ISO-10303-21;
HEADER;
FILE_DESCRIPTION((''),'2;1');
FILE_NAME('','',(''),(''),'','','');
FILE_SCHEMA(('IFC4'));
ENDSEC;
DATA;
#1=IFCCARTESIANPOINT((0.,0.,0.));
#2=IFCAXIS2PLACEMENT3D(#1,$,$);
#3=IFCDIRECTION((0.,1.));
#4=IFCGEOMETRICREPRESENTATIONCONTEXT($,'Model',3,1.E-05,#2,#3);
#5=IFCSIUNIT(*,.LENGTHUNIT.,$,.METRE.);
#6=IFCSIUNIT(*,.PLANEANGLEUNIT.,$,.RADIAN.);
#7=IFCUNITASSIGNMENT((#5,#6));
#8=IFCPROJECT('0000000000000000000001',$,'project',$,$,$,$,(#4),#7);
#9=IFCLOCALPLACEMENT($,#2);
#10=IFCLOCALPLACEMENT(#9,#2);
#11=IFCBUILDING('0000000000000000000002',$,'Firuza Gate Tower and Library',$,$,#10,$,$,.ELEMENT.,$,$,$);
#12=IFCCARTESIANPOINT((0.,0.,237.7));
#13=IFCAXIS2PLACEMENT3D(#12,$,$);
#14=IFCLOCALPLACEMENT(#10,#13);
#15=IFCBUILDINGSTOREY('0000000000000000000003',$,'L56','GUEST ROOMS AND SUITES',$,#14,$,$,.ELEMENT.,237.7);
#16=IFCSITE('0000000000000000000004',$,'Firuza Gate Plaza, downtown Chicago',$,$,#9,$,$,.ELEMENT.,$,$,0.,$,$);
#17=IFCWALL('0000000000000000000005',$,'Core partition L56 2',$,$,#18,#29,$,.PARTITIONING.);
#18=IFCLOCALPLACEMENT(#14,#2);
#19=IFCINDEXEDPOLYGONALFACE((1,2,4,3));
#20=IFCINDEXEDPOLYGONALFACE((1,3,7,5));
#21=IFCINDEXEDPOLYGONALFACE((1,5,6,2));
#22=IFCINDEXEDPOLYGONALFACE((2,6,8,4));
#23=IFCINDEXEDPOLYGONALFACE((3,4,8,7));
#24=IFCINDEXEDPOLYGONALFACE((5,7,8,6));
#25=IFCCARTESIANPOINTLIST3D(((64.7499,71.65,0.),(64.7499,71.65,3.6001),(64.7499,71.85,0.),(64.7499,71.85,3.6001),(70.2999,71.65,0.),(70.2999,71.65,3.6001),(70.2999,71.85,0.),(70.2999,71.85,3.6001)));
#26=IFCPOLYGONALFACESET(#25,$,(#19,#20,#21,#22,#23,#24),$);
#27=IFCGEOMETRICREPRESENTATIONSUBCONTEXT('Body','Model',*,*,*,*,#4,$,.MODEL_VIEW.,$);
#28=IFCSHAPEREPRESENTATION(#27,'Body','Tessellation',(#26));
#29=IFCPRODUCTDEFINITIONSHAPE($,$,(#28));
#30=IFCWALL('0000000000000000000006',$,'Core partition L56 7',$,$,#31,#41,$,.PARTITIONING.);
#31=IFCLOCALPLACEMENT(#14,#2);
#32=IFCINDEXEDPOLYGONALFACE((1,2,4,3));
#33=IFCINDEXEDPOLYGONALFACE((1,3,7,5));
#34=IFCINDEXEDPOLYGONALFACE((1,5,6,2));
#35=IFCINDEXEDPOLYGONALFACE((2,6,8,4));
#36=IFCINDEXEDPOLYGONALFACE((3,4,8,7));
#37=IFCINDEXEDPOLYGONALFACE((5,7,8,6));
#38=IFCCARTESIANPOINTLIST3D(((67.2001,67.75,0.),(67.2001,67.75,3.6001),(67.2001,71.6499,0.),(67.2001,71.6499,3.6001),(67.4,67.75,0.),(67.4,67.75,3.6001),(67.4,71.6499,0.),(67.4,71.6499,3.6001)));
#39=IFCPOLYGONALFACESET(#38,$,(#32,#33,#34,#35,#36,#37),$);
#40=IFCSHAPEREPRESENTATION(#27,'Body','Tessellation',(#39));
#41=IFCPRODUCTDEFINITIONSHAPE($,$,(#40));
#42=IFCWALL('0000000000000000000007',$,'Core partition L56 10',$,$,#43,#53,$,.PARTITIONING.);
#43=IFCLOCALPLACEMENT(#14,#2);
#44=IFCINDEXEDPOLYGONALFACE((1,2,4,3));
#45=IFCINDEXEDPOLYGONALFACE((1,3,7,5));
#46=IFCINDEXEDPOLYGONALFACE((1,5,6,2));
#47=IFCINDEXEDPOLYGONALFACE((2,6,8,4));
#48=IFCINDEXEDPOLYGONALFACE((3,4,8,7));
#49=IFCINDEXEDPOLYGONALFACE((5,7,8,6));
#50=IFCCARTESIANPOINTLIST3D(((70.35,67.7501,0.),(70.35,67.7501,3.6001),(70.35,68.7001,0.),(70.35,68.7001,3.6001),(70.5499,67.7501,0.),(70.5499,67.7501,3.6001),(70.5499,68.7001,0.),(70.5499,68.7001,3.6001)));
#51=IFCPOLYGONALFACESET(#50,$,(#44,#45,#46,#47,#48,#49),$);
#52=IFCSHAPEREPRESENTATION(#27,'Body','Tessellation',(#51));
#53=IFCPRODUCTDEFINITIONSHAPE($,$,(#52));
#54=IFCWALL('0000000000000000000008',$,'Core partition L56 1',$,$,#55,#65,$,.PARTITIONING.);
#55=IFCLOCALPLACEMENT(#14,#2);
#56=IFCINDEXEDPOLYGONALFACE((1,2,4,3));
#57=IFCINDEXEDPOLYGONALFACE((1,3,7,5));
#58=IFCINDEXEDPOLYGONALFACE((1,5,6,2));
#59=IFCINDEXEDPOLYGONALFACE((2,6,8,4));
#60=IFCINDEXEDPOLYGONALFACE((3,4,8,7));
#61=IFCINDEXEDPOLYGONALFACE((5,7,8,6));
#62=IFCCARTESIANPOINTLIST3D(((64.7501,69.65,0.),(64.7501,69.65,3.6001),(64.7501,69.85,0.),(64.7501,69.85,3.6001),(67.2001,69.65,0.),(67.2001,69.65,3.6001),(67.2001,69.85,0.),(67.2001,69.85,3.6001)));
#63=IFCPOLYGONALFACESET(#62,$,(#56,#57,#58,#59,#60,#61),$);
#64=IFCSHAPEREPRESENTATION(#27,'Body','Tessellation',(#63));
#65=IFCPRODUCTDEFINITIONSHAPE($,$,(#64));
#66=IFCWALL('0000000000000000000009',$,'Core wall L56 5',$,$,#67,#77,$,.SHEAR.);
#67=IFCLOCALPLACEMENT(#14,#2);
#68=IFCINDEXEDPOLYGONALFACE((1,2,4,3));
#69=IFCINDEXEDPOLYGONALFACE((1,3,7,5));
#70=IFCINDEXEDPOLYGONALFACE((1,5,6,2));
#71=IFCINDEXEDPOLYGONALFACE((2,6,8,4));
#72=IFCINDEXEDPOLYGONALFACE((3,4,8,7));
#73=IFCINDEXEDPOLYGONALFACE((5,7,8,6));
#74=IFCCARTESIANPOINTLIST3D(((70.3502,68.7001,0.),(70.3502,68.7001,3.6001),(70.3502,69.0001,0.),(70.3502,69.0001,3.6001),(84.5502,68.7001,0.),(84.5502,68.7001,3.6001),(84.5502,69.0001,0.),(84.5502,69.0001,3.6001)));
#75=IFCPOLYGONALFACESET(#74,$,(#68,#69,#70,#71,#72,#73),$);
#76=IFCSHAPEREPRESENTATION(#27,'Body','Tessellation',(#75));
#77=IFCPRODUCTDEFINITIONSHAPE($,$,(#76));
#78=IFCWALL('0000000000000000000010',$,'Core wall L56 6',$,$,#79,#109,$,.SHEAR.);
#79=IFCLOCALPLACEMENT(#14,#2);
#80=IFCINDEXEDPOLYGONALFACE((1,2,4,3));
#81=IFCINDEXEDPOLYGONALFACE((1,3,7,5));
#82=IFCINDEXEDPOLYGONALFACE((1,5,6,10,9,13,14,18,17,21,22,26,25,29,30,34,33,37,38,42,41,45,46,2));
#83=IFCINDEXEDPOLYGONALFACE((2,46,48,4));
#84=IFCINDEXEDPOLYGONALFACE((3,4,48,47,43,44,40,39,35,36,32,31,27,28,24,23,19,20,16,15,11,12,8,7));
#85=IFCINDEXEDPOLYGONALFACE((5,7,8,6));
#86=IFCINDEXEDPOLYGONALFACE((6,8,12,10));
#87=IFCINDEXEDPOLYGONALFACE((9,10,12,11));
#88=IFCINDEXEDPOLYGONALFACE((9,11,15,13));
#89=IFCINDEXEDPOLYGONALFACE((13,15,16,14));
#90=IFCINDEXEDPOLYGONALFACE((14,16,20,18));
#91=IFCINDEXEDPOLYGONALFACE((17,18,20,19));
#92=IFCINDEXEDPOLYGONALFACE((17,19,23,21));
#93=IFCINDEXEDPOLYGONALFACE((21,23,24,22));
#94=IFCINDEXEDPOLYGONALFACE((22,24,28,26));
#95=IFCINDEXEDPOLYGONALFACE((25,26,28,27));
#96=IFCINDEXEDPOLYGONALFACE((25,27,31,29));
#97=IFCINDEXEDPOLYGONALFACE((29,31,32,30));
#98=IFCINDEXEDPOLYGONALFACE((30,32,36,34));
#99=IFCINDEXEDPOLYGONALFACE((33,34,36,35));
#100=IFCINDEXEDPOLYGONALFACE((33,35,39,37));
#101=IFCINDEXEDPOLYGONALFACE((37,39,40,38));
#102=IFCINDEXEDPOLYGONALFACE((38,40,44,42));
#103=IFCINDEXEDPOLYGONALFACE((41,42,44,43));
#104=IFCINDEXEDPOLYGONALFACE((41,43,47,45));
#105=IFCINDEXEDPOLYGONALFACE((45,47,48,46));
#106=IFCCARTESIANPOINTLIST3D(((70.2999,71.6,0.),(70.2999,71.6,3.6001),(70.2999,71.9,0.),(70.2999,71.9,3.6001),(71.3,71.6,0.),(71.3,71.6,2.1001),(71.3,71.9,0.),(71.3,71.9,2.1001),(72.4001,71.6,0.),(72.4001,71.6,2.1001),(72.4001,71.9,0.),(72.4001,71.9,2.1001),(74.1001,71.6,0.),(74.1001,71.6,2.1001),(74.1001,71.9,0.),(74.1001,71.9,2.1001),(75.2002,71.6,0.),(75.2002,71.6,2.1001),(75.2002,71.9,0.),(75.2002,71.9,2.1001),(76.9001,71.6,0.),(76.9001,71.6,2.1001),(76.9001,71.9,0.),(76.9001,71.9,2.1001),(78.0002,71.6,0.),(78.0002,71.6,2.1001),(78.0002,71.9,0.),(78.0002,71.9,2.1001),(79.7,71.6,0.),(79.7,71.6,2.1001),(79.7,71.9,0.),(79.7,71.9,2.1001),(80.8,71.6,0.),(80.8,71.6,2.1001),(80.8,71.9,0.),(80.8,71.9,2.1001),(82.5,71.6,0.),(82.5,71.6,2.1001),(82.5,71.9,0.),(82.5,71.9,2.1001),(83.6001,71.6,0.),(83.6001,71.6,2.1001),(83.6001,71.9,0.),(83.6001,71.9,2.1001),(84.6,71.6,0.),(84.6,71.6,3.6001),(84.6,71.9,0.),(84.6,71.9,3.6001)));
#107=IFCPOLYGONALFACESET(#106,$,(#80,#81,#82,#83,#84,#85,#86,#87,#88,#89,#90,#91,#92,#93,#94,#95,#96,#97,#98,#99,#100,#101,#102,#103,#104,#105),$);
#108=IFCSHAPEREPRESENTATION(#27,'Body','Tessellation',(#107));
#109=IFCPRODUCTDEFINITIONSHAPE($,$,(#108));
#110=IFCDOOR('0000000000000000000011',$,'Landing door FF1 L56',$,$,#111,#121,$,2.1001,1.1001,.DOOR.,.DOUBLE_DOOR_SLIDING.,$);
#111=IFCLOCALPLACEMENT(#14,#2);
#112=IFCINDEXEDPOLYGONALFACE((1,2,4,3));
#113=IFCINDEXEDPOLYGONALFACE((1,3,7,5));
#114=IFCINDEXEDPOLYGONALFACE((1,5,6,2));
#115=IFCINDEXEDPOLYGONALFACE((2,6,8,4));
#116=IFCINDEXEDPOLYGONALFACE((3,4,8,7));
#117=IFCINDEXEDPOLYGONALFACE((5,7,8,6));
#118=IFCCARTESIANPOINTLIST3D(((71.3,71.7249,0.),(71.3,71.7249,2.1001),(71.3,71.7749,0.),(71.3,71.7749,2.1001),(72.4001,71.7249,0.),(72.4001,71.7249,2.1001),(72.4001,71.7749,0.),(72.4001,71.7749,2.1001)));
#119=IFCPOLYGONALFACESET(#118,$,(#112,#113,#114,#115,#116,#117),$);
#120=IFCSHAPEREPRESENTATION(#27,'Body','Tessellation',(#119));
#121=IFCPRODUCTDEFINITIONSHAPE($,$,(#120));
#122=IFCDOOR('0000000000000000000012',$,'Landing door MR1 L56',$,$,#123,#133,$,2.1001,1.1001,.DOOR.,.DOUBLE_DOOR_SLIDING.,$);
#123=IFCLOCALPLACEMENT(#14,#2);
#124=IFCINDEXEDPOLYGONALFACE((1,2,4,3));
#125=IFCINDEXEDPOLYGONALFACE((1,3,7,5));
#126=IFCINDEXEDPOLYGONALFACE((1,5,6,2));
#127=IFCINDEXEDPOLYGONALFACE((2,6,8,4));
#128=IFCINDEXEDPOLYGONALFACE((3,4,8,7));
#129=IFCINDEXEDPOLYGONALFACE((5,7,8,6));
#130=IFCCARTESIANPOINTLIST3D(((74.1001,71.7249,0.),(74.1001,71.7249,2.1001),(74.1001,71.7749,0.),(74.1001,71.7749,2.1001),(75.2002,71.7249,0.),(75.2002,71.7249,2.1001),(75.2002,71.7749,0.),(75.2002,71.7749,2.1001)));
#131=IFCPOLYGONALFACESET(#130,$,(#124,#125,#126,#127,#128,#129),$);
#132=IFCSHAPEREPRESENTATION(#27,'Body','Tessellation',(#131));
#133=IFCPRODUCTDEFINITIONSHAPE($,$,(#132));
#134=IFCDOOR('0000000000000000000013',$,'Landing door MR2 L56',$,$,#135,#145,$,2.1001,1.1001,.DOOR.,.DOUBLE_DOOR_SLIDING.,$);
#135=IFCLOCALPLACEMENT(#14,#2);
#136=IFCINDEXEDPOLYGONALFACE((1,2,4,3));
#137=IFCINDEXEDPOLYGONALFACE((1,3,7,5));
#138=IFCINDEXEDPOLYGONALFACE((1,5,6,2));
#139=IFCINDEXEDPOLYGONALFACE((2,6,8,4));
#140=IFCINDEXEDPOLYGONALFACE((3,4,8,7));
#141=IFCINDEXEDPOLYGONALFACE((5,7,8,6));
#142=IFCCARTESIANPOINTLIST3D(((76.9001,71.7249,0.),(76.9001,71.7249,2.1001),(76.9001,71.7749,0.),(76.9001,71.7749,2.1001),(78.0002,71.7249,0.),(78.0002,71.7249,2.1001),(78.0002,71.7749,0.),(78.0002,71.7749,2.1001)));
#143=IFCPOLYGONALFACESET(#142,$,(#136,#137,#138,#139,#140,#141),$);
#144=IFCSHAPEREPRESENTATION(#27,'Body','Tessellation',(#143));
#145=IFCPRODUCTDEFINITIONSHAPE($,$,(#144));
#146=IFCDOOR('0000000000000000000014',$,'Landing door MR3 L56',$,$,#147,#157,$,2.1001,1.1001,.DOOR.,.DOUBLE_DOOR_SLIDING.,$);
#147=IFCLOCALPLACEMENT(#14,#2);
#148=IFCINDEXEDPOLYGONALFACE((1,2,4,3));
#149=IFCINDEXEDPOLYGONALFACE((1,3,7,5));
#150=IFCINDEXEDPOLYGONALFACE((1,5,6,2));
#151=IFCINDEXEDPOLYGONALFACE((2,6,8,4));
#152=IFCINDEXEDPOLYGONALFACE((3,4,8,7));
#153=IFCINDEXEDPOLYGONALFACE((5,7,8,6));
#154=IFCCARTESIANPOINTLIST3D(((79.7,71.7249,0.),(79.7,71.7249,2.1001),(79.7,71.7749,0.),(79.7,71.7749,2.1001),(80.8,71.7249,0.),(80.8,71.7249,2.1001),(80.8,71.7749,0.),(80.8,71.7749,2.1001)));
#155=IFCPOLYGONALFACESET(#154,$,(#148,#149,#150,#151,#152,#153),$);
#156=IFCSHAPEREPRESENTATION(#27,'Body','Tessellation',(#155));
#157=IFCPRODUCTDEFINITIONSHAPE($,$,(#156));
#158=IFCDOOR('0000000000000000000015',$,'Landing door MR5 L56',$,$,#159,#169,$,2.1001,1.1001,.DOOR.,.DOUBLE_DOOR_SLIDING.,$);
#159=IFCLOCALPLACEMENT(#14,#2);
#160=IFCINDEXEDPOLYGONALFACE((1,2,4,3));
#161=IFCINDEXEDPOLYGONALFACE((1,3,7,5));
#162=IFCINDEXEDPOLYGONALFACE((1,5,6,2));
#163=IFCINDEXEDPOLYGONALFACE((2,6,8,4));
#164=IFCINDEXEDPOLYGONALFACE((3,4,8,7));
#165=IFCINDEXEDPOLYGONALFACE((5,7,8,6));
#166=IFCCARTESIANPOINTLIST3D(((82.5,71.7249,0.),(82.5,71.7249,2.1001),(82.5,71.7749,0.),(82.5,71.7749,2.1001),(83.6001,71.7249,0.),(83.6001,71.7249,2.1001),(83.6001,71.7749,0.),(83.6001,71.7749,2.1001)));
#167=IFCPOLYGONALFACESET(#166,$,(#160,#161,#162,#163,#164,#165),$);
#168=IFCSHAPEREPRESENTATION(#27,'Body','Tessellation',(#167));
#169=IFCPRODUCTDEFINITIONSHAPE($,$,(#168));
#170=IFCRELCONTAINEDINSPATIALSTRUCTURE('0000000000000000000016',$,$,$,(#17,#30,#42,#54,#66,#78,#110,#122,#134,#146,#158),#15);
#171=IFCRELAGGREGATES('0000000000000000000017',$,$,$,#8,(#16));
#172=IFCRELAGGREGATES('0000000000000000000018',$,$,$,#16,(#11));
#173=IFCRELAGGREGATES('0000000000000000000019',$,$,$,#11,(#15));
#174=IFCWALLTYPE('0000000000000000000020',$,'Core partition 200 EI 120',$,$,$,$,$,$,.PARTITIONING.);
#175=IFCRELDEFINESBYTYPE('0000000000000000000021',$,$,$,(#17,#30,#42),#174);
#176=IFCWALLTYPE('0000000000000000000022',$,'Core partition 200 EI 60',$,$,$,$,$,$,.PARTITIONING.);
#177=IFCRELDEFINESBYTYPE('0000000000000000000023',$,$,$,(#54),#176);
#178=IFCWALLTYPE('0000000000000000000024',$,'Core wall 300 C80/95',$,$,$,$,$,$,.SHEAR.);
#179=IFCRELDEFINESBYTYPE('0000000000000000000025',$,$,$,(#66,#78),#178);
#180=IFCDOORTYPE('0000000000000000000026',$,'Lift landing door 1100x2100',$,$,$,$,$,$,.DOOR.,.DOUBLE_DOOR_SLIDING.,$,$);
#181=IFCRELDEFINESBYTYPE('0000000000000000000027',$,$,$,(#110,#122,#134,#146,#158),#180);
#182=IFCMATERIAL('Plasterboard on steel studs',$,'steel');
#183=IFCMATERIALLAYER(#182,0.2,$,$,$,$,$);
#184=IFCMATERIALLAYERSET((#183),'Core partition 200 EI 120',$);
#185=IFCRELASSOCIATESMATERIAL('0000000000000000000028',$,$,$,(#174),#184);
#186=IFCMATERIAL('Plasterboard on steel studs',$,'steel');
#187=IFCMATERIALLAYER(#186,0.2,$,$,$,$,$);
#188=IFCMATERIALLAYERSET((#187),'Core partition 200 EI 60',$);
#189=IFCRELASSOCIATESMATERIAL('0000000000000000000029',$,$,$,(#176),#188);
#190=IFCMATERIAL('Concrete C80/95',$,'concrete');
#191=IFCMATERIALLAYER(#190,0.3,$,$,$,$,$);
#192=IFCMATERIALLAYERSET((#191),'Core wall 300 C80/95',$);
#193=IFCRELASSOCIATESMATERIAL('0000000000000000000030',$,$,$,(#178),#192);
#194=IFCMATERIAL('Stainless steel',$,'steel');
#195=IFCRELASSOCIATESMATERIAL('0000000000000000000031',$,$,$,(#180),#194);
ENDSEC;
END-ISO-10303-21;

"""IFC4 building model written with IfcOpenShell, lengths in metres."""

from ifc_helpers import new_model, si_unit, direction, frame, frame_2d, origin, place, context, subcontext, project, spatial, rectangle, extrude, material, layer, layer_set, type_object, element, fill, save


model = new_model("IFC4")

# Units and contexts
model_context = context("Model", 3, precision=1e-05, world=origin(), true_north=direction((0.0, 1.0)))
body_context = subcontext(model_context, "Body", "Model", "MODEL_VIEW")
ifc_project = project(units=[si_unit("LENGTHUNIT", "METRE"), si_unit("PLANEANGLEUNIT", "RADIAN")], contexts=[model_context])

# Site, building, storey
site_placement = place(None, origin())
site = spatial("IfcSite", under=ifc_project, at=site_placement, Name="Firuza Gate Plaza, downtown Chicago", CompositionType="ELEMENT", RefElevation=0.0)
building_placement = place(site_placement, origin())
building = spatial("IfcBuilding", under=site, at=building_placement, Name="Firuza Gate Tower and Library", CompositionType="ELEMENT")
storey_placement = place(building_placement, frame((0.0, 0.0, 237.7)))
storey = spatial("IfcBuildingStorey", under=building, at=storey_placement, Name="L56", Description="GUEST ROOMS AND SUITES", CompositionType="ELEMENT", Elevation=237.7)

# Walls
ifc_material_1 = material(Name="Plasterboard on steel studs", Category="steel")
ifc_layer_1 = layer(ifc_material_1, 0.2)
ifc_layer_set_1 = layer_set([ifc_layer_1], Name="Core partition 200 EI 120")
wall_type_1 = type_object("IfcWallType", Name="Core partition 200 EI 120", PredefinedType="PARTITIONING", material=ifc_layer_set_1)
wall_1_placement = place(storey_placement, frame((64.75, 71.75, 0.0), z_axis=(0.0, 0.0, 1.0), x_axis=(1.0, 0.0, 0.0)))
element("IfcWall", 1, at=wall_1_placement, inside=storey, type_object=wall_type_1, Name="Core partition L56 2", PredefinedType="PARTITIONING", context=body_context, shape_type="SweptSolid", body=[
    extrude(rectangle(XDim=5.55, YDim=0.2, at=frame_2d((2.7749, 0.0))), origin(), (0.0, 0.0, 1.0), 3.6001),
])
wall_2_placement = place(storey_placement, frame((67.3, 67.75, 0.0), z_axis=(0.0, 0.0, 1.0), x_axis=(0.0, 1.0, 0.0)))
element("IfcWall", 2, at=wall_2_placement, inside=storey, type_object=wall_type_1, Name="Core partition L56 7", PredefinedType="PARTITIONING", context=body_context, shape_type="SweptSolid", body=[
    extrude(rectangle(XDim=3.8999, YDim=0.2, at=frame_2d((1.95, 0.0))), origin(), (0.0, 0.0, 1.0), 3.6001),
])
wall_3_placement = place(storey_placement, frame((70.45, 67.75, 0.0), z_axis=(0.0, 0.0, 1.0), x_axis=(0.0, 1.0, 0.0)))
element("IfcWall", 3, at=wall_3_placement, inside=storey, type_object=wall_type_1, Name="Core partition L56 10", PredefinedType="PARTITIONING", context=body_context, shape_type="SweptSolid", body=[
    extrude(rectangle(XDim=0.95, YDim=0.2, at=frame_2d((0.4751, 0.0))), origin(), (0.0, 0.0, 1.0), 3.6001),
])
ifc_material_2 = material(Name="Plasterboard on steel studs", Category="steel")
ifc_layer_2 = layer(ifc_material_2, 0.2)
ifc_layer_set_2 = layer_set([ifc_layer_2], Name="Core partition 200 EI 60")
wall_type_2 = type_object("IfcWallType", Name="Core partition 200 EI 60", PredefinedType="PARTITIONING", material=ifc_layer_set_2)
wall_4_placement = place(storey_placement, frame((64.75, 69.75, 0.0), z_axis=(0.0, 0.0, 1.0), x_axis=(1.0, 0.0, 0.0)))
element("IfcWall", 4, at=wall_4_placement, inside=storey, type_object=wall_type_2, Name="Core partition L56 1", PredefinedType="PARTITIONING", context=body_context, shape_type="SweptSolid", body=[
    extrude(rectangle(XDim=2.45, YDim=0.2, at=frame_2d((1.2251, 0.0))), origin(), (0.0, 0.0, 1.0), 3.6001),
])
ifc_material_3 = material(Name="Concrete C80/95", Category="concrete")
ifc_layer_3 = layer(ifc_material_3, 0.3)
ifc_layer_set_3 = layer_set([ifc_layer_3], Name="Core wall 300 C80/95")
wall_type_3 = type_object("IfcWallType", Name="Core wall 300 C80/95", PredefinedType="SHEAR", material=ifc_layer_set_3)
wall_5_placement = place(storey_placement, frame((70.3501, 68.8501, 0.0), z_axis=(0.0, 0.0, 1.0), x_axis=(1.0, 0.0, 0.0)))
element("IfcWall", 5, at=wall_5_placement, inside=storey, type_object=wall_type_3, Name="Core wall L56 5", PredefinedType="SHEAR", context=body_context, shape_type="SweptSolid", body=[
    extrude(rectangle(XDim=14.2, YDim=0.3, at=frame_2d((7.1001, 0.0))), origin(), (0.0, 0.0, 1.0), 3.6001),
])

# Wall, openings, doors
wall_6_placement = place(storey_placement, frame((70.3, 71.75, 0.0), z_axis=(0.0, 0.0, 1.0), x_axis=(1.0, 0.0, 0.0)))
wall_6 = element("IfcWall", 6, at=wall_6_placement, inside=storey, type_object=wall_type_3, Name="Core wall L56 6", PredefinedType="SHEAR", context=body_context, shape_type="SweptSolid", body=[
    extrude(rectangle(XDim=14.3, YDim=0.3, at=frame_2d((7.1499, 0.0))), origin(), (0.0, 0.0, 1.0), 3.6001),
])
opening_1_placement = place(wall_6_placement, frame((1.0, 0.0, 0.0)))
opening_1 = element("IfcOpeningElement", 7, at=opening_1_placement, cuts=wall_6, PredefinedType="OPENING", context=body_context, shape_type="SweptSolid", body=[
    extrude(rectangle(XDim=1.1001, YDim=2.1001, at=frame_2d((0.55, 1.05))), frame((0.0, 0.1602, 0.0), z_axis=(0.0, -1.0, 0.0), x_axis=(1.0, 0.0, 0.0)), (0.0, 0.0, 1.0), 0.3201),
])
opening_2_placement = place(wall_6_placement, frame((3.8, 0.0, 0.0)))
opening_2 = element("IfcOpeningElement", 8, at=opening_2_placement, cuts=wall_6, PredefinedType="OPENING", context=body_context, shape_type="SweptSolid", body=[
    extrude(rectangle(XDim=1.1001, YDim=2.1001, at=frame_2d((0.55, 1.05))), frame((0.0, 0.1602, 0.0), z_axis=(0.0, -1.0, 0.0), x_axis=(1.0, 0.0, 0.0)), (0.0, 0.0, 1.0), 0.3201),
])
opening_3_placement = place(wall_6_placement, frame((6.6001, 0.0, 0.0)))
opening_3 = element("IfcOpeningElement", 9, at=opening_3_placement, cuts=wall_6, PredefinedType="OPENING", context=body_context, shape_type="SweptSolid", body=[
    extrude(rectangle(XDim=1.1001, YDim=2.1001, at=frame_2d((0.55, 1.05))), frame((0.0, 0.1602, 0.0), z_axis=(0.0, -1.0, 0.0), x_axis=(1.0, 0.0, 0.0)), (0.0, 0.0, 1.0), 0.3201),
])
opening_4_placement = place(wall_6_placement, frame((9.3999, 0.0, 0.0)))
opening_4 = element("IfcOpeningElement", 10, at=opening_4_placement, cuts=wall_6, PredefinedType="OPENING", context=body_context, shape_type="SweptSolid", body=[
    extrude(rectangle(XDim=1.1001, YDim=2.1001, at=frame_2d((0.55, 1.05))), frame((0.0, 0.1602, 0.0), z_axis=(0.0, -1.0, 0.0), x_axis=(1.0, 0.0, 0.0)), (0.0, 0.0, 1.0), 0.3201),
])
opening_5_placement = place(wall_6_placement, frame((12.2, 0.0, 0.0)))
opening_5 = element("IfcOpeningElement", 11, at=opening_5_placement, cuts=wall_6, PredefinedType="OPENING", context=body_context, shape_type="SweptSolid", body=[
    extrude(rectangle(XDim=1.1001, YDim=2.1001, at=frame_2d((0.55, 1.05))), frame((0.0, 0.1602, 0.0), z_axis=(0.0, -1.0, 0.0), x_axis=(1.0, 0.0, 0.0)), (0.0, 0.0, 1.0), 0.3201),
])
ifc_material_4 = material(Name="Stainless steel", Category="steel")
door_type_1 = type_object("IfcDoorType", Name="Lift landing door 1100x2100", OperationType="DOUBLE_DOOR_SLIDING", PredefinedType="DOOR", material=ifc_material_4)
door_1_placement = place(opening_1_placement, origin())
door_1 = element("IfcDoor", 12, at=door_1_placement, inside=storey, type_object=door_type_1, Name="Landing door FF1 L56", OperationType="DOUBLE_DOOR_SLIDING", OverallHeight=2.1001, OverallWidth=1.1001, PredefinedType="DOOR", context=body_context, shape_type="SweptSolid", body=[
    extrude(rectangle(XDim=1.1001, YDim=2.1001, at=frame_2d((0.55, 1.05))), frame((0.0, 0.0249, 0.0), z_axis=(0.0, -1.0, 0.0), x_axis=(1.0, 0.0, 0.0)), (0.0, 0.0, 1.0), 0.05),
])
fill(opening_1, door_1)
door_2_placement = place(opening_2_placement, origin())
door_2 = element("IfcDoor", 13, at=door_2_placement, inside=storey, type_object=door_type_1, Name="Landing door MR1 L56", OperationType="DOUBLE_DOOR_SLIDING", OverallHeight=2.1001, OverallWidth=1.1001, PredefinedType="DOOR", context=body_context, shape_type="SweptSolid", body=[
    extrude(rectangle(XDim=1.1001, YDim=2.1001, at=frame_2d((0.55, 1.05))), frame((0.0, 0.0249, 0.0), z_axis=(0.0, -1.0, 0.0), x_axis=(1.0, 0.0, 0.0)), (0.0, 0.0, 1.0), 0.05),
])
fill(opening_2, door_2)
door_3_placement = place(opening_3_placement, origin())
door_3 = element("IfcDoor", 14, at=door_3_placement, inside=storey, type_object=door_type_1, Name="Landing door MR2 L56", OperationType="DOUBLE_DOOR_SLIDING", OverallHeight=2.1001, OverallWidth=1.1001, PredefinedType="DOOR", context=body_context, shape_type="SweptSolid", body=[
    extrude(rectangle(XDim=1.1001, YDim=2.1001, at=frame_2d((0.55, 1.05))), frame((0.0, 0.0249, 0.0), z_axis=(0.0, -1.0, 0.0), x_axis=(1.0, 0.0, 0.0)), (0.0, 0.0, 1.0), 0.05),
])
fill(opening_3, door_3)
door_4_placement = place(opening_4_placement, origin())
door_4 = element("IfcDoor", 15, at=door_4_placement, inside=storey, type_object=door_type_1, Name="Landing door MR3 L56", OperationType="DOUBLE_DOOR_SLIDING", OverallHeight=2.1001, OverallWidth=1.1001, PredefinedType="DOOR", context=body_context, shape_type="SweptSolid", body=[
    extrude(rectangle(XDim=1.1001, YDim=2.1001, at=frame_2d((0.55, 1.05))), frame((0.0, 0.0249, 0.0), z_axis=(0.0, -1.0, 0.0), x_axis=(1.0, 0.0, 0.0)), (0.0, 0.0, 1.0), 0.05),
])
fill(opening_4, door_4)
door_5_placement = place(opening_5_placement, origin())
door_5 = element("IfcDoor", 16, at=door_5_placement, inside=storey, type_object=door_type_1, Name="Landing door MR5 L56", OperationType="DOUBLE_DOOR_SLIDING", OverallHeight=2.1001, OverallWidth=1.1001, PredefinedType="DOOR", context=body_context, shape_type="SweptSolid", body=[
    extrude(rectangle(XDim=1.1001, YDim=2.1001, at=frame_2d((0.55, 1.05))), frame((0.0, 0.0249, 0.0), z_axis=(0.0, -1.0, 0.0), x_axis=(1.0, 0.0, 0.0)), (0.0, 0.0, 1.0), 0.05),
])
fill(opening_5, door_5)

save(model, "model.ifc")
